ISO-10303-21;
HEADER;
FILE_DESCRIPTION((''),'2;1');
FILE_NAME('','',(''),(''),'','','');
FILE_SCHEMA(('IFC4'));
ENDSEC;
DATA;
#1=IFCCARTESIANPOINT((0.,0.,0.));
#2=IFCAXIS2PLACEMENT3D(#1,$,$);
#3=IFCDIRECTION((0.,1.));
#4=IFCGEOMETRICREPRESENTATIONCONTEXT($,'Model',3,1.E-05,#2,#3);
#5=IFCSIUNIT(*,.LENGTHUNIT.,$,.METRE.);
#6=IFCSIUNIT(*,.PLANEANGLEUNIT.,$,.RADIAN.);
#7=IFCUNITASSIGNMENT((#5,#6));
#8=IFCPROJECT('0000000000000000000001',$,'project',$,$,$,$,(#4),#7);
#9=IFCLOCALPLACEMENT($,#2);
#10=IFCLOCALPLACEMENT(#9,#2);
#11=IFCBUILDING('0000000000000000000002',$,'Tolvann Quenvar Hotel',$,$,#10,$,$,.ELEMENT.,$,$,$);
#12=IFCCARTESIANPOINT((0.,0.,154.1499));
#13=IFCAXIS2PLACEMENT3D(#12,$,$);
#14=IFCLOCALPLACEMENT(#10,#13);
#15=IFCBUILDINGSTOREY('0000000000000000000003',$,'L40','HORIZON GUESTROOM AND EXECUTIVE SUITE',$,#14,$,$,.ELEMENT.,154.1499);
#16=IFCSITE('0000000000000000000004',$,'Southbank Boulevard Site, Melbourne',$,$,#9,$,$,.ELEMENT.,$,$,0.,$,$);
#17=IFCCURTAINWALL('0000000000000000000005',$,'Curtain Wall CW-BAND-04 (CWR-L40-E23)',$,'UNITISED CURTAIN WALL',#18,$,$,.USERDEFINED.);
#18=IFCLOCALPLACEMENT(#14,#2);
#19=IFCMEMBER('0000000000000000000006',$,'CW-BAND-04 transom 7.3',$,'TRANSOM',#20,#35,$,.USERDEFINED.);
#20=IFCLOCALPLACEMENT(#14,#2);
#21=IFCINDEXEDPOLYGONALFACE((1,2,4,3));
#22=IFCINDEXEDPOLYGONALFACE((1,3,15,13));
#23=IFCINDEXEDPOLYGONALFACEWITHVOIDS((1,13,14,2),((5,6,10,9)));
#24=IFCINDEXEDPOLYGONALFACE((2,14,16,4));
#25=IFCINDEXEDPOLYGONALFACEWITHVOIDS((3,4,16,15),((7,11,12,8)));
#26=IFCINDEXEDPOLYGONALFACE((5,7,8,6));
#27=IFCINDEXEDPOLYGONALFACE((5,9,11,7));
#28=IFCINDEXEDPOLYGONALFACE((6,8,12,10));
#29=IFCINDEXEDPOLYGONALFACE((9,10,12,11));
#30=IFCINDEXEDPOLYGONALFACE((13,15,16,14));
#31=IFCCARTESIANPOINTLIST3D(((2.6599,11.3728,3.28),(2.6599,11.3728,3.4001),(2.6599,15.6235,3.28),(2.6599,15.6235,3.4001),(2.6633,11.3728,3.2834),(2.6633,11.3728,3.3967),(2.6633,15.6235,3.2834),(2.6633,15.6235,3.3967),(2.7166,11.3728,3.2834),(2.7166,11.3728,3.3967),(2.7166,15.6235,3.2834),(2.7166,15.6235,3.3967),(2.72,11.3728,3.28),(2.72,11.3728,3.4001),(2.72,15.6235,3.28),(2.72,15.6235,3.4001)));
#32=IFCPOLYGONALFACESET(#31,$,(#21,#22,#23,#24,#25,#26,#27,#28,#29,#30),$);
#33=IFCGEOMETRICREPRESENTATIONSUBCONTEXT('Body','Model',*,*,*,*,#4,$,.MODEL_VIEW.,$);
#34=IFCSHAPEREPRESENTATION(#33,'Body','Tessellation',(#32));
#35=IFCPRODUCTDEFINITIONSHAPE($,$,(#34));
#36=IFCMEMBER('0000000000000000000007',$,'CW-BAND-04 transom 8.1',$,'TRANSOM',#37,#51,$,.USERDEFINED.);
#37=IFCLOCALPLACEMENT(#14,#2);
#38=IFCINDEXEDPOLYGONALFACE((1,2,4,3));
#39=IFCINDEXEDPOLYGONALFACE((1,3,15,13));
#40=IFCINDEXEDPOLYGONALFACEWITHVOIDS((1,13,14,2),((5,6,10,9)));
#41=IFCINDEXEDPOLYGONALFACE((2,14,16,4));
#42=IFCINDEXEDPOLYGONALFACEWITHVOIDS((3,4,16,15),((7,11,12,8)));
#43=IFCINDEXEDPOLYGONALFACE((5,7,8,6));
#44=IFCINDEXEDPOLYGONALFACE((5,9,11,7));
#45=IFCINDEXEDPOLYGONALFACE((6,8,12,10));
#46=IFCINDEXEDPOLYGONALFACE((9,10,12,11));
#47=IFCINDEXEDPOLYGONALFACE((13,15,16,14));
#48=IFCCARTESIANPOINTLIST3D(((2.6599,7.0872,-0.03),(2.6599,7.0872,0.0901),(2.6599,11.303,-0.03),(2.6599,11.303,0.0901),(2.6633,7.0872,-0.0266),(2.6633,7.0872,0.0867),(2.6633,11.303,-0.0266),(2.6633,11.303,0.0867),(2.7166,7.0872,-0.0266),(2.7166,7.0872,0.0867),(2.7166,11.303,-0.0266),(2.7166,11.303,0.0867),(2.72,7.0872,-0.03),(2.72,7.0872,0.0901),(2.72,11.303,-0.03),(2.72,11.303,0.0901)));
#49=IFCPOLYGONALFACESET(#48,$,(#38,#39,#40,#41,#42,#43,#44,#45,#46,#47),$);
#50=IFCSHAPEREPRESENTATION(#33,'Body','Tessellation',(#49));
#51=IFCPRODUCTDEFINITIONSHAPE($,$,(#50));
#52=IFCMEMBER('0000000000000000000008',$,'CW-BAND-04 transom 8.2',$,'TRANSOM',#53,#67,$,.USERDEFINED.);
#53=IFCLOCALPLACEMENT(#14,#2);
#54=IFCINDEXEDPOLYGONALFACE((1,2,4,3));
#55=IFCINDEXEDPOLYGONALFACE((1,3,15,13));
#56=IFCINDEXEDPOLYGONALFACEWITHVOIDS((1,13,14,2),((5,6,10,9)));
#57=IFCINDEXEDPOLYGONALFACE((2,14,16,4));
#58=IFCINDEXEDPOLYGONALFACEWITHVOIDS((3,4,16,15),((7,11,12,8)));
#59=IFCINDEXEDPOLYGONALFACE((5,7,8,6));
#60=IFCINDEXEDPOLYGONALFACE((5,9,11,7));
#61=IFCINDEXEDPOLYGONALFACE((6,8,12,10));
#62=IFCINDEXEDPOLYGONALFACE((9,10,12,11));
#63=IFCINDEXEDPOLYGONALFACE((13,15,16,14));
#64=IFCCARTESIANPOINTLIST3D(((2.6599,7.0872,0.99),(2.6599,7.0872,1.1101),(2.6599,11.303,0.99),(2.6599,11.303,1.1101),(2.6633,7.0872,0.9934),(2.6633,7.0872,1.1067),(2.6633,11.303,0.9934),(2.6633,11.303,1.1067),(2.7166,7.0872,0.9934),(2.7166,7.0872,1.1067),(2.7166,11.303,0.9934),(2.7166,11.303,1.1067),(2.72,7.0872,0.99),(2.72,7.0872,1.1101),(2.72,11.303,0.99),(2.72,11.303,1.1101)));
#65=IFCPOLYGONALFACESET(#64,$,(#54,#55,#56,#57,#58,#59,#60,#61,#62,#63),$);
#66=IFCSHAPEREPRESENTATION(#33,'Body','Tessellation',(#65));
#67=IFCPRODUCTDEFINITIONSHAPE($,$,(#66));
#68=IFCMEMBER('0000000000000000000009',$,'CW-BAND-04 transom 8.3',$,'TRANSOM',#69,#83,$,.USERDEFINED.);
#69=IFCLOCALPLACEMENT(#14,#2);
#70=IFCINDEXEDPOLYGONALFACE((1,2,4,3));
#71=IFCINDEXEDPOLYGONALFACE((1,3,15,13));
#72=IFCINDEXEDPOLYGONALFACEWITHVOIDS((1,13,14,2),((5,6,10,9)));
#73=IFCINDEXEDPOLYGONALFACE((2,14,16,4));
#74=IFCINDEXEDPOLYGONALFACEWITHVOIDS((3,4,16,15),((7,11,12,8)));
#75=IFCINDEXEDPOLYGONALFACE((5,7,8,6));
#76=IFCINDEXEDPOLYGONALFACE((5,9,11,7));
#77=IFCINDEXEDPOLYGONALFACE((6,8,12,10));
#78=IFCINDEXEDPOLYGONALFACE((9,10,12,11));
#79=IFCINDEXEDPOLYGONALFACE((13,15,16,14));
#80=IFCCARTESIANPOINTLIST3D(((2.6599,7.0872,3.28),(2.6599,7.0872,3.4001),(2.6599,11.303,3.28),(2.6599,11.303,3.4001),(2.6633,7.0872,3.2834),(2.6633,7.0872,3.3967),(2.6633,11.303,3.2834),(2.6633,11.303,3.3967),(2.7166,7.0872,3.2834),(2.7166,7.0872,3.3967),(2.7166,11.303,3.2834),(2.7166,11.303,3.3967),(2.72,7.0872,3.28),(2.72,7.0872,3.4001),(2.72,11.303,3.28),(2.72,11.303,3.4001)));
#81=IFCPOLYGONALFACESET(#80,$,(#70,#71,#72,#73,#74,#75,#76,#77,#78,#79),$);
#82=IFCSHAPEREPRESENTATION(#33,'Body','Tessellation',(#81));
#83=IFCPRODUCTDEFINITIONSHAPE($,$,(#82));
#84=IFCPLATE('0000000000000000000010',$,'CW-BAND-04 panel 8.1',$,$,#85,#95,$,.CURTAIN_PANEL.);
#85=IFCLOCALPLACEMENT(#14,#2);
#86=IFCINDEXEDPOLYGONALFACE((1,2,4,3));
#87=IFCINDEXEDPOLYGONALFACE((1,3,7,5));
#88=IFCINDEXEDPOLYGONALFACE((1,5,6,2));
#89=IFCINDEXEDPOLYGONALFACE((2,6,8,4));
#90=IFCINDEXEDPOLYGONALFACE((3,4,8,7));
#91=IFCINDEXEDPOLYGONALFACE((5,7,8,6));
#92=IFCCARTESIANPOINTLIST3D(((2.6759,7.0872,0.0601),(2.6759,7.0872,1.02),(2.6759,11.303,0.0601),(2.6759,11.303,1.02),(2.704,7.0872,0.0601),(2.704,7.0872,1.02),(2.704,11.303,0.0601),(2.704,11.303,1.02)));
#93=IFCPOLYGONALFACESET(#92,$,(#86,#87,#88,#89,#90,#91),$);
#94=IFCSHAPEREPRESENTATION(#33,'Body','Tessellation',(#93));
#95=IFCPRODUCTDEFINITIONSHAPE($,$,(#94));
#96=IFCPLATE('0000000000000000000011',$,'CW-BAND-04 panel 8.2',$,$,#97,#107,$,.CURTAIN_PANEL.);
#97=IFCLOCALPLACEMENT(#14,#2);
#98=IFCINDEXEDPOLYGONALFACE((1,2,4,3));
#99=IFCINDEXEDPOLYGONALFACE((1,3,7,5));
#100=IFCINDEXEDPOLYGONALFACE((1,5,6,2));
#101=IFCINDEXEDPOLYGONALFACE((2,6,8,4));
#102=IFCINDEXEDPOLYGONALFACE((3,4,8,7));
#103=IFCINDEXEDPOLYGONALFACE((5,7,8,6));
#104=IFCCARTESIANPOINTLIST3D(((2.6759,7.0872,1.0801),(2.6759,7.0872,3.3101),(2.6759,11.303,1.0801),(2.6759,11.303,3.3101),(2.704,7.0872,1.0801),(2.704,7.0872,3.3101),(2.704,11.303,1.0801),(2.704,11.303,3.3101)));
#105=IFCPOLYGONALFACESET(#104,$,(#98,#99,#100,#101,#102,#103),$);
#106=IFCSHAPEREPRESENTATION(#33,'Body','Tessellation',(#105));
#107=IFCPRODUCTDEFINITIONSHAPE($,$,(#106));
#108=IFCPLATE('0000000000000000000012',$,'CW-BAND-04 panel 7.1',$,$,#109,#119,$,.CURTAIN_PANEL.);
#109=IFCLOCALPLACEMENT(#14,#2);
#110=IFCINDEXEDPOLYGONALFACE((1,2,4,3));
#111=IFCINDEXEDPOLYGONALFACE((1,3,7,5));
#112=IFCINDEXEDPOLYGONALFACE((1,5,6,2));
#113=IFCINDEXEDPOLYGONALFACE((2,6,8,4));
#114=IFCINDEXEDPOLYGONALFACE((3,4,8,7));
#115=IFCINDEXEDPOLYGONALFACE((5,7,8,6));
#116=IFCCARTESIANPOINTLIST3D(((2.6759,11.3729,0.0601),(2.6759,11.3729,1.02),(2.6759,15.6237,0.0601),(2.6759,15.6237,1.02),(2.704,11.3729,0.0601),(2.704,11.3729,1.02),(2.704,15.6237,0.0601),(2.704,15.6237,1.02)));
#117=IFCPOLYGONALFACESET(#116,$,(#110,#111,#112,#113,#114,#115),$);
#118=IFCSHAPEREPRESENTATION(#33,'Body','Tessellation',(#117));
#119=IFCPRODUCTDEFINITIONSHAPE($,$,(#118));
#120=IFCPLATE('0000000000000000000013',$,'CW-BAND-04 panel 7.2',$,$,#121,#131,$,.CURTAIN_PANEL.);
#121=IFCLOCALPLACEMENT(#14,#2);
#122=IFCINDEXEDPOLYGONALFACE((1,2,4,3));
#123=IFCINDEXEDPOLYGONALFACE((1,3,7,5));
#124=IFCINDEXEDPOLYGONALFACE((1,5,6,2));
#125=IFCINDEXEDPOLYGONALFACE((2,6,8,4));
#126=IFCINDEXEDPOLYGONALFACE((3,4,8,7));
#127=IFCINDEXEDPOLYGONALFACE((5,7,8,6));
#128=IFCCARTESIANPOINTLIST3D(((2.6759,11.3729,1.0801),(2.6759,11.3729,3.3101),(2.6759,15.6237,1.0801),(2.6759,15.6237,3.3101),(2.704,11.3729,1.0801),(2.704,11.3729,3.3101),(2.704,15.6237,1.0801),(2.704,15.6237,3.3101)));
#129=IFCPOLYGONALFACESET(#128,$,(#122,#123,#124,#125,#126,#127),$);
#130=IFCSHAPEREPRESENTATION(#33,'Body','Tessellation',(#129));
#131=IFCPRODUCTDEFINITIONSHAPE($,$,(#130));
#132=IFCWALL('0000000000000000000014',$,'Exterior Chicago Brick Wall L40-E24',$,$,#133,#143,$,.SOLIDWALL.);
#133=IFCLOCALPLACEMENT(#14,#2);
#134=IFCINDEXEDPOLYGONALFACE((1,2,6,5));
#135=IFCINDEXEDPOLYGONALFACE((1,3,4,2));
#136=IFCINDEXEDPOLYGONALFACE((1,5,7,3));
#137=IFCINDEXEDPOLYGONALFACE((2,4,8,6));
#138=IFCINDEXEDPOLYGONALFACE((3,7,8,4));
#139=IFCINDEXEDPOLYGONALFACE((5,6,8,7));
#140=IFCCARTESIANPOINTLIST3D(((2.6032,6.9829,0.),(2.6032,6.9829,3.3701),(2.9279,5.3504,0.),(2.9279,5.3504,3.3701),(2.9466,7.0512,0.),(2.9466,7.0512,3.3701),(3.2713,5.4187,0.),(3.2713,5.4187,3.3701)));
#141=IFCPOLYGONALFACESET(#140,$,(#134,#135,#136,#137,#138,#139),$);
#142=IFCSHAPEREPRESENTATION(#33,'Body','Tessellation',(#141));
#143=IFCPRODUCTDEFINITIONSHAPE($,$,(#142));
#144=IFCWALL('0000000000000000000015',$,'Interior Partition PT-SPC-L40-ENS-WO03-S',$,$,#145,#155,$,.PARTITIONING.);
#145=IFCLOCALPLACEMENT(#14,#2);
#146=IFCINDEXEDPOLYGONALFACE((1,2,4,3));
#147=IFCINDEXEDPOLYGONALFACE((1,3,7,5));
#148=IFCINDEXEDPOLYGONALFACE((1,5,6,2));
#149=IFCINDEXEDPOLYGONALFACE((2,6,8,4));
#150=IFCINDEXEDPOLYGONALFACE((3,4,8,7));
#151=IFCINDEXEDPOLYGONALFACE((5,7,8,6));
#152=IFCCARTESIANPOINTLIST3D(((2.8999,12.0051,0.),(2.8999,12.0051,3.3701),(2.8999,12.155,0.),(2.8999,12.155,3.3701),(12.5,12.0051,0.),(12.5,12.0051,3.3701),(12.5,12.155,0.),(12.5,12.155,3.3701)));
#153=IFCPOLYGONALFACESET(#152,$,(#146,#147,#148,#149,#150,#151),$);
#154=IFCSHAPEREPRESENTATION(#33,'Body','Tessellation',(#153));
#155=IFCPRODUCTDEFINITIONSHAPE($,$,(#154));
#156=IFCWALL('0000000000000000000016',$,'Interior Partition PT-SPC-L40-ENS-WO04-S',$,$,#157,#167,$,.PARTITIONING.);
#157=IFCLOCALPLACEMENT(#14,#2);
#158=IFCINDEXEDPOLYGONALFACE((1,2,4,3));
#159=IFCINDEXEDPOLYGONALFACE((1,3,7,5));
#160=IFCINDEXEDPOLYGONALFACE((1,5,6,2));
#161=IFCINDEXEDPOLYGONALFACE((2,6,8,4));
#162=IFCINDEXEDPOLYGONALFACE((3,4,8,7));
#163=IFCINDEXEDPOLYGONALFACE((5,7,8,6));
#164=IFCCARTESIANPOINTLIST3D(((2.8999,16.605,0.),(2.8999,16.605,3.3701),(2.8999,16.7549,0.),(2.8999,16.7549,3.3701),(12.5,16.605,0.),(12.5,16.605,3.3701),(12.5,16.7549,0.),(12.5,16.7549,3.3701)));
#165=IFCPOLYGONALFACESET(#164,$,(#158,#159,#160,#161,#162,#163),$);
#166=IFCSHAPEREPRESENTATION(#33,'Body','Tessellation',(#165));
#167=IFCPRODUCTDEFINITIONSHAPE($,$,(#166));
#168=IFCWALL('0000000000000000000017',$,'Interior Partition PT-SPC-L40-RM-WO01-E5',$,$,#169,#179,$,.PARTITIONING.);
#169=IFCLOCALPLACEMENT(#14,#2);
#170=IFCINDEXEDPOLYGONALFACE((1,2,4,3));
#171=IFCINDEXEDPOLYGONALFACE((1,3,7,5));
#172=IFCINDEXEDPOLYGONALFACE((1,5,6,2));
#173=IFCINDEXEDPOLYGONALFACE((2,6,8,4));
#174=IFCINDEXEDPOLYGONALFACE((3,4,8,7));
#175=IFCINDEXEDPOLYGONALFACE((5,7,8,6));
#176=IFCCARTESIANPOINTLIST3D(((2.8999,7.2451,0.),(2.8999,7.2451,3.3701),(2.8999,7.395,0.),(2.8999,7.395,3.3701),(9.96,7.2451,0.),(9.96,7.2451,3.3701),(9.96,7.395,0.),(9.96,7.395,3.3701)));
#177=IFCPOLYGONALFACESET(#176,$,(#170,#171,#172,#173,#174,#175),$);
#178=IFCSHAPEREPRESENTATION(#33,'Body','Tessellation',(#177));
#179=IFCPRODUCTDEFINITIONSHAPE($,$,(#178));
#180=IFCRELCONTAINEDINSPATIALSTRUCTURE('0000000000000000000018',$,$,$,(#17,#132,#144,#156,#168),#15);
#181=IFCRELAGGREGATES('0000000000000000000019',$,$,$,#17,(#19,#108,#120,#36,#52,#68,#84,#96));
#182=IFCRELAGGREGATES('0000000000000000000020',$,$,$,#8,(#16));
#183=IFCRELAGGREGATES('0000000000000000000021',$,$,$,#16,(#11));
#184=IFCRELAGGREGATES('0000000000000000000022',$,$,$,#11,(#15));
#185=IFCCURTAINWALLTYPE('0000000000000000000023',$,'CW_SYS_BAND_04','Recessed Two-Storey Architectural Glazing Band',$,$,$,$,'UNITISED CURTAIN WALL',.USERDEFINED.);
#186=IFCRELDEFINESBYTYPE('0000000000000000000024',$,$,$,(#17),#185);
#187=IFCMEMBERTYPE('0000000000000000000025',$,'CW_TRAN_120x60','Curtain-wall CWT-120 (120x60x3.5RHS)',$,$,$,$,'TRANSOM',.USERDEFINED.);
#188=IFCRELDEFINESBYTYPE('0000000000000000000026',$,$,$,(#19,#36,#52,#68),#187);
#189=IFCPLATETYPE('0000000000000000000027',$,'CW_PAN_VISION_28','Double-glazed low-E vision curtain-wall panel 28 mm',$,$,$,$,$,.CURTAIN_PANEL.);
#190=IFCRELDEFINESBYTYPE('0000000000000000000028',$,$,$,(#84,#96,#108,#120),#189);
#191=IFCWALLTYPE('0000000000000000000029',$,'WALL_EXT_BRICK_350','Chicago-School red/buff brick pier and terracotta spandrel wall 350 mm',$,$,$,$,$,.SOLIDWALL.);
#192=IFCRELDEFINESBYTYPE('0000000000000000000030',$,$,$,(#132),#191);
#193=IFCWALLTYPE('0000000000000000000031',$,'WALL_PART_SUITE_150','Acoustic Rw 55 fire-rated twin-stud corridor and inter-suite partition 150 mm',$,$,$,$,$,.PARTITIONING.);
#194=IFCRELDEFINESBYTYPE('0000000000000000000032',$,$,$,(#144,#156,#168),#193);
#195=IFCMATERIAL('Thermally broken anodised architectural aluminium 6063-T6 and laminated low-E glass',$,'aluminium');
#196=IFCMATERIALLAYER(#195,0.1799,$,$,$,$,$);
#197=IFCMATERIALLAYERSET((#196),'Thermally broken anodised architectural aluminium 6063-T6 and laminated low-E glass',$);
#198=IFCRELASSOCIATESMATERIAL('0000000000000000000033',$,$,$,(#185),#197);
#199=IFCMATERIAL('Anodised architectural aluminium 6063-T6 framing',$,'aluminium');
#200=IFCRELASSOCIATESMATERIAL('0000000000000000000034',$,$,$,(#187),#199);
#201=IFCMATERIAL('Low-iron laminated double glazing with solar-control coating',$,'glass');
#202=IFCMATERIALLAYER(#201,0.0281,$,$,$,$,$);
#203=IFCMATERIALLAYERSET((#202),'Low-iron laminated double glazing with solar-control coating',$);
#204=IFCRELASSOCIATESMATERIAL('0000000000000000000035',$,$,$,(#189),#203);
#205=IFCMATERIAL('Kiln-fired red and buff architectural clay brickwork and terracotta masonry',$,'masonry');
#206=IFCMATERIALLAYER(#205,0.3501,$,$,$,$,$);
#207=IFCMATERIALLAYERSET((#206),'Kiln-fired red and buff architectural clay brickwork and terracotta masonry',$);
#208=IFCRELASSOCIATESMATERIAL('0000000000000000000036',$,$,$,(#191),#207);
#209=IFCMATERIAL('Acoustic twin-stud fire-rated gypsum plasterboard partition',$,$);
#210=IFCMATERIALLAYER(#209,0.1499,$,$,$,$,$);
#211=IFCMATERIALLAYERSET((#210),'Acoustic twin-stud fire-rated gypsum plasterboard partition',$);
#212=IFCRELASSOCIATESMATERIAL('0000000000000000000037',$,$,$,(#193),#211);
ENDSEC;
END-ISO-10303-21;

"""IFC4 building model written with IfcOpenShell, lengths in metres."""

from ifc_helpers import new_model, si_unit, direction, frame, frame_2d, origin, origin_2d, place, context, subcontext, project, spatial, rectangle, hollow_rectangle, extrude, source, transform, mapped, material, layer, layer_set, material_profile, profile_set, type_object, type_shapes, element, aggregate, save


model = new_model("IFC4")

# Units and contexts
model_context = context("Model", 3, precision=1e-05, world=origin(), true_north=direction((0.0, 1.0)))
body_context = subcontext(model_context, "Body", "Model", "MODEL_VIEW")
ifc_project = project(units=[si_unit("LENGTHUNIT", "METRE"), si_unit("PLANEANGLEUNIT", "RADIAN")], contexts=[model_context])

# Site, building, storey
site_placement = place(None, origin())
site = spatial("IfcSite", under=ifc_project, at=site_placement, Name="Southbank Boulevard Site, Melbourne", CompositionType="ELEMENT", RefElevation=0.0)
building_placement = place(site_placement, origin())
building = spatial("IfcBuilding", under=site, at=building_placement, Name="Tolvann Quenvar Hotel", CompositionType="ELEMENT")
storey_placement = place(building_placement, frame((0.0, 0.0, 154.1499)))
storey = spatial("IfcBuildingStorey", under=building, at=storey_placement, Name="L40", Description="HORIZON GUESTROOM AND EXECUTIVE SUITE", CompositionType="ELEMENT", Elevation=154.1499)

# Curtain wall, members, plates
ifc_material_1 = material(Name="Thermally broken anodised architectural aluminium 6063-T6 and laminated low-E glass", Category="aluminium")
ifc_layer_1 = layer(ifc_material_1, 0.1799)
ifc_layer_set_1 = layer_set([ifc_layer_1], Name="Thermally broken anodised architectural aluminium 6063-T6 and laminated low-E glass")
curtain_wall_type = type_object("IfcCurtainWallType", Name="CW_SYS_BAND_04", Description="Recessed Two-Storey Architectural Glazing Band", ElementType="UNITISED CURTAIN WALL", PredefinedType="USERDEFINED", material=ifc_layer_set_1)
curtain_wall_placement = place(storey_placement, origin())
curtain_wall = element("IfcCurtainWall", 1, at=curtain_wall_placement, inside=storey, type_object=curtain_wall_type, Name="Curtain Wall CW-BAND-04 (CWR-L40-E23)", ObjectType="UNITISED CURTAIN WALL", PredefinedType="USERDEFINED")
ifc_material_2 = material(Name="Anodised architectural aluminium 6063-T6 framing", Category="aluminium")
ifc_material_profile_1 = material_profile(ifc_material_2, hollow_rectangle(XDim=0.0601, YDim=0.1201, WallThickness=0.0034, at=origin_2d()), Name="120x60x3.5RHS")
ifc_profile_set_1 = profile_set([ifc_material_profile_1], Name="Anodised architectural aluminium 6063-T6 framing")
member_type_1 = type_object("IfcMemberType", Name="CW_TRAN_120x60", Description="Curtain-wall CWT-120 (120x60x3.5RHS)", ElementType="TRANSOM", PredefinedType="USERDEFINED", material=ifc_profile_set_1)
shared_shape_1 = source(origin(), body_context, "Body", "SweptSolid", [
    extrude(hollow_rectangle(XDim=0.0601, YDim=0.1201, WallThickness=0.0034, at=origin_2d()), origin(), (0.0, 0.0, 1.0), 4.2507),
])
member_1_placement = place(storey_placement, frame((2.6899, 15.6235, 3.3401), z_axis=(0.0, -1.0, 0.0), x_axis=(1.0, 0.0, 0.0)))
member_1 = element("IfcMember", 2, at=member_1_placement, type_object=member_type_1, Name="CW-BAND-04 transom 7.3", ObjectType="TRANSOM", PredefinedType="USERDEFINED", context=body_context, shape_type="MappedRepresentation", body=[
    mapped(shared_shape_1, transform((0.0, 0.0, 0.0), x_axis=(1.0, 0.0, 0.0), y_axis=(0.0, 1.0, 0.0), z_axis=(0.0, 0.0, 1.0), scale=1.0)),
])
shared_shape_2 = source(origin(), body_context, "Body", "SweptSolid", [
    extrude(hollow_rectangle(XDim=0.0601, YDim=0.1201, WallThickness=0.0034, at=origin_2d()), origin(), (0.0, 0.0, 1.0), 4.2158),
])
type_shapes(member_type_1, [shared_shape_1, shared_shape_2])
member_2_placement = place(storey_placement, frame((2.6899, 11.303, 0.03), z_axis=(0.0, -1.0, 0.0), x_axis=(1.0, 0.0, 0.0)))
member_2 = element("IfcMember", 3, at=member_2_placement, type_object=member_type_1, Name="CW-BAND-04 transom 8.1", ObjectType="TRANSOM", PredefinedType="USERDEFINED", context=body_context, shape_type="MappedRepresentation", body=[
    mapped(shared_shape_2, transform((0.0, 0.0, 0.0), x_axis=(1.0, 0.0, 0.0), y_axis=(0.0, 1.0, 0.0), z_axis=(0.0, 0.0, 1.0), scale=1.0)),
])
member_3_placement = place(storey_placement, frame((2.6899, 11.303, 1.05), z_axis=(0.0, -1.0, 0.0), x_axis=(1.0, 0.0, 0.0)))
member_3 = element("IfcMember", 4, at=member_3_placement, type_object=member_type_1, Name="CW-BAND-04 transom 8.2", ObjectType="TRANSOM", PredefinedType="USERDEFINED", context=body_context, shape_type="MappedRepresentation", body=[
    mapped(shared_shape_2, transform((0.0, 0.0, 0.0), x_axis=(1.0, 0.0, 0.0), y_axis=(0.0, 1.0, 0.0), z_axis=(0.0, 0.0, 1.0), scale=1.0)),
])
member_4_placement = place(storey_placement, frame((2.6899, 11.303, 3.3401), z_axis=(0.0, -1.0, 0.0), x_axis=(1.0, 0.0, 0.0)))
member_4 = element("IfcMember", 5, at=member_4_placement, type_object=member_type_1, Name="CW-BAND-04 transom 8.3", ObjectType="TRANSOM", PredefinedType="USERDEFINED", context=body_context, shape_type="MappedRepresentation", body=[
    mapped(shared_shape_2, transform((0.0, 0.0, 0.0), x_axis=(1.0, 0.0, 0.0), y_axis=(0.0, 1.0, 0.0), z_axis=(0.0, 0.0, 1.0), scale=1.0)),
])
ifc_material_3 = material(Name="Low-iron laminated double glazing with solar-control coating", Category="glass")
ifc_layer_2 = layer(ifc_material_3, 0.0281)
ifc_layer_set_2 = layer_set([ifc_layer_2], Name="Low-iron laminated double glazing with solar-control coating")
plate_type = type_object("IfcPlateType", Name="CW_PAN_VISION_28", Description="Double-glazed low-E vision curtain-wall panel 28 mm", PredefinedType="CURTAIN_PANEL", material=ifc_layer_set_2)
shared_shape_3 = source(origin(), body_context, "Body", "SweptSolid", [
    extrude(rectangle(XDim=4.2158, YDim=0.0281, at=origin_2d()), origin(), (0.0, 0.0, 1.0), 0.96),
])
plate_1_placement = place(storey_placement, frame((2.6899, 9.1951, 0.0601), z_axis=(0.0, 0.0, 1.0), x_axis=(0.0, -1.0, 0.0)))
plate_1 = element("IfcPlate", 6, at=plate_1_placement, type_object=plate_type, Name="CW-BAND-04 panel 8.1", PredefinedType="CURTAIN_PANEL", context=body_context, shape_type="MappedRepresentation", body=[
    mapped(shared_shape_3, transform((0.0, 0.0, 0.0), x_axis=(1.0, 0.0, 0.0), y_axis=(0.0, 1.0, 0.0), z_axis=(0.0, 0.0, 1.0), scale=1.0)),
])
shared_shape_4 = source(origin(), body_context, "Body", "SweptSolid", [
    extrude(rectangle(XDim=4.2158, YDim=0.0281, at=origin_2d()), origin(), (0.0, 0.0, 1.0), 2.23),
])
plate_2_placement = place(storey_placement, frame((2.6899, 9.1951, 1.0801), z_axis=(0.0, 0.0, 1.0), x_axis=(0.0, -1.0, 0.0)))
plate_2 = element("IfcPlate", 7, at=plate_2_placement, type_object=plate_type, Name="CW-BAND-04 panel 8.2", PredefinedType="CURTAIN_PANEL", context=body_context, shape_type="MappedRepresentation", body=[
    mapped(shared_shape_4, transform((0.0, 0.0, 0.0), x_axis=(1.0, 0.0, 0.0), y_axis=(0.0, 1.0, 0.0), z_axis=(0.0, 0.0, 1.0), scale=1.0)),
])
shared_shape_5 = source(origin(), body_context, "Body", "SweptSolid", [
    extrude(rectangle(XDim=4.2507, YDim=0.0281, at=origin_2d()), origin(), (0.0, 0.0, 1.0), 0.96),
])
plate_3_placement = place(storey_placement, frame((2.6899, 13.4983, 0.0601), z_axis=(0.0, 0.0, 1.0), x_axis=(0.0, -1.0, 0.0)))
plate_3 = element("IfcPlate", 8, at=plate_3_placement, type_object=plate_type, Name="CW-BAND-04 panel 7.1", PredefinedType="CURTAIN_PANEL", context=body_context, shape_type="MappedRepresentation", body=[
    mapped(shared_shape_5, transform((0.0, 0.0, 0.0), x_axis=(1.0, 0.0, 0.0), y_axis=(0.0, 1.0, 0.0), z_axis=(0.0, 0.0, 1.0), scale=1.0)),
])
shared_shape_6 = source(origin(), body_context, "Body", "SweptSolid", [
    extrude(rectangle(XDim=4.2507, YDim=0.0281, at=origin_2d()), origin(), (0.0, 0.0, 1.0), 2.23),
])
type_shapes(plate_type, [shared_shape_3, shared_shape_4, shared_shape_5, shared_shape_6])
plate_4_placement = place(storey_placement, frame((2.6899, 13.4983, 1.0801), z_axis=(0.0, 0.0, 1.0), x_axis=(0.0, -1.0, 0.0)))
plate_4 = element("IfcPlate", 9, at=plate_4_placement, type_object=plate_type, Name="CW-BAND-04 panel 7.2", PredefinedType="CURTAIN_PANEL", context=body_context, shape_type="MappedRepresentation", body=[
    mapped(shared_shape_6, transform((0.0, 0.0, 0.0), x_axis=(1.0, 0.0, 0.0), y_axis=(0.0, 1.0, 0.0), z_axis=(0.0, 0.0, 1.0), scale=1.0)),
])
aggregate(curtain_wall, [member_1, plate_3, plate_4, member_2, member_3, member_4, plate_1, plate_2])

# Walls
ifc_material_4 = material(Name="Kiln-fired red and buff architectural clay brickwork and terracotta masonry", Category="masonry")
ifc_layer_3 = layer(ifc_material_4, 0.3501)
ifc_layer_set_3 = layer_set([ifc_layer_3], Name="Kiln-fired red and buff architectural clay brickwork and terracotta masonry")
wall_type_1 = type_object("IfcWallType", Name="WALL_EXT_BRICK_350", Description="Chicago-School red/buff brick pier and terracotta spandrel wall 350 mm", PredefinedType="SOLIDWALL", material=ifc_layer_set_3)
wall_1_placement = place(storey_placement, frame((2.7749, 7.0171, 0.0), z_axis=(0.0, 0.0, 1.0), x_axis=(0.195072, -0.980789, 0.0)))
element("IfcWall", 10, at=wall_1_placement, inside=storey, type_object=wall_type_1, Name="Exterior Chicago Brick Wall L40-E24", PredefinedType="SOLIDWALL", context=body_context, shape_type="SweptSolid", body=[
    extrude(rectangle(XDim=1.6646, YDim=0.3501, at=frame_2d((0.8323, 0.0))), origin(), (0.0, 0.0, 1.0), 3.3701),
])
ifc_material_5 = material(Name="Acoustic twin-stud fire-rated gypsum plasterboard partition")
ifc_layer_4 = layer(ifc_material_5, 0.1499)
ifc_layer_set_4 = layer_set([ifc_layer_4], Name="Acoustic twin-stud fire-rated gypsum plasterboard partition")
wall_type_2 = type_object("IfcWallType", Name="WALL_PART_SUITE_150", Description="Acoustic Rw 55 fire-rated twin-stud corridor and inter-suite partition 150 mm", PredefinedType="PARTITIONING", material=ifc_layer_set_4)
for number, where, z_axis, x_axis, name in (
    (11, (2.8999, 12.0801, 0.0), (0.0, 0.0, 1.0), (1.0, 0.0, 0.0), "Interior Partition PT-SPC-L40-ENS-WO03-S"),
    (12, (2.8999, 16.6799, 0.0), (0.0, 0.0, 1.0), (1.0, 0.0, 0.0), "Interior Partition PT-SPC-L40-ENS-WO04-S"),
):
    element("IfcWall", number, at=place(storey_placement, frame(where, z_axis=z_axis, x_axis=x_axis)), inside=storey, type_object=wall_type_2, Name=name, PredefinedType="PARTITIONING", context=body_context, shape_type="SweptSolid", body=[
        extrude(rectangle(XDim=9.6001, YDim=0.1499, at=frame_2d((4.8, 0.0))), origin(), (0.0, 0.0, 1.0), 3.3701),
    ])
wall_2_placement = place(storey_placement, frame((2.8999, 7.3201, 0.0), z_axis=(0.0, 0.0, 1.0), x_axis=(1.0, 0.0, 0.0)))
element("IfcWall", 13, at=wall_2_placement, inside=storey, type_object=wall_type_2, Name="Interior Partition PT-SPC-L40-RM-WO01-E5", PredefinedType="PARTITIONING", context=body_context, shape_type="SweptSolid", body=[
    extrude(rectangle(XDim=7.0601, YDim=0.1499, at=frame_2d((3.53, 0.0))), origin(), (0.0, 0.0, 1.0), 3.3701),
])

save(model, "model.ifc")
